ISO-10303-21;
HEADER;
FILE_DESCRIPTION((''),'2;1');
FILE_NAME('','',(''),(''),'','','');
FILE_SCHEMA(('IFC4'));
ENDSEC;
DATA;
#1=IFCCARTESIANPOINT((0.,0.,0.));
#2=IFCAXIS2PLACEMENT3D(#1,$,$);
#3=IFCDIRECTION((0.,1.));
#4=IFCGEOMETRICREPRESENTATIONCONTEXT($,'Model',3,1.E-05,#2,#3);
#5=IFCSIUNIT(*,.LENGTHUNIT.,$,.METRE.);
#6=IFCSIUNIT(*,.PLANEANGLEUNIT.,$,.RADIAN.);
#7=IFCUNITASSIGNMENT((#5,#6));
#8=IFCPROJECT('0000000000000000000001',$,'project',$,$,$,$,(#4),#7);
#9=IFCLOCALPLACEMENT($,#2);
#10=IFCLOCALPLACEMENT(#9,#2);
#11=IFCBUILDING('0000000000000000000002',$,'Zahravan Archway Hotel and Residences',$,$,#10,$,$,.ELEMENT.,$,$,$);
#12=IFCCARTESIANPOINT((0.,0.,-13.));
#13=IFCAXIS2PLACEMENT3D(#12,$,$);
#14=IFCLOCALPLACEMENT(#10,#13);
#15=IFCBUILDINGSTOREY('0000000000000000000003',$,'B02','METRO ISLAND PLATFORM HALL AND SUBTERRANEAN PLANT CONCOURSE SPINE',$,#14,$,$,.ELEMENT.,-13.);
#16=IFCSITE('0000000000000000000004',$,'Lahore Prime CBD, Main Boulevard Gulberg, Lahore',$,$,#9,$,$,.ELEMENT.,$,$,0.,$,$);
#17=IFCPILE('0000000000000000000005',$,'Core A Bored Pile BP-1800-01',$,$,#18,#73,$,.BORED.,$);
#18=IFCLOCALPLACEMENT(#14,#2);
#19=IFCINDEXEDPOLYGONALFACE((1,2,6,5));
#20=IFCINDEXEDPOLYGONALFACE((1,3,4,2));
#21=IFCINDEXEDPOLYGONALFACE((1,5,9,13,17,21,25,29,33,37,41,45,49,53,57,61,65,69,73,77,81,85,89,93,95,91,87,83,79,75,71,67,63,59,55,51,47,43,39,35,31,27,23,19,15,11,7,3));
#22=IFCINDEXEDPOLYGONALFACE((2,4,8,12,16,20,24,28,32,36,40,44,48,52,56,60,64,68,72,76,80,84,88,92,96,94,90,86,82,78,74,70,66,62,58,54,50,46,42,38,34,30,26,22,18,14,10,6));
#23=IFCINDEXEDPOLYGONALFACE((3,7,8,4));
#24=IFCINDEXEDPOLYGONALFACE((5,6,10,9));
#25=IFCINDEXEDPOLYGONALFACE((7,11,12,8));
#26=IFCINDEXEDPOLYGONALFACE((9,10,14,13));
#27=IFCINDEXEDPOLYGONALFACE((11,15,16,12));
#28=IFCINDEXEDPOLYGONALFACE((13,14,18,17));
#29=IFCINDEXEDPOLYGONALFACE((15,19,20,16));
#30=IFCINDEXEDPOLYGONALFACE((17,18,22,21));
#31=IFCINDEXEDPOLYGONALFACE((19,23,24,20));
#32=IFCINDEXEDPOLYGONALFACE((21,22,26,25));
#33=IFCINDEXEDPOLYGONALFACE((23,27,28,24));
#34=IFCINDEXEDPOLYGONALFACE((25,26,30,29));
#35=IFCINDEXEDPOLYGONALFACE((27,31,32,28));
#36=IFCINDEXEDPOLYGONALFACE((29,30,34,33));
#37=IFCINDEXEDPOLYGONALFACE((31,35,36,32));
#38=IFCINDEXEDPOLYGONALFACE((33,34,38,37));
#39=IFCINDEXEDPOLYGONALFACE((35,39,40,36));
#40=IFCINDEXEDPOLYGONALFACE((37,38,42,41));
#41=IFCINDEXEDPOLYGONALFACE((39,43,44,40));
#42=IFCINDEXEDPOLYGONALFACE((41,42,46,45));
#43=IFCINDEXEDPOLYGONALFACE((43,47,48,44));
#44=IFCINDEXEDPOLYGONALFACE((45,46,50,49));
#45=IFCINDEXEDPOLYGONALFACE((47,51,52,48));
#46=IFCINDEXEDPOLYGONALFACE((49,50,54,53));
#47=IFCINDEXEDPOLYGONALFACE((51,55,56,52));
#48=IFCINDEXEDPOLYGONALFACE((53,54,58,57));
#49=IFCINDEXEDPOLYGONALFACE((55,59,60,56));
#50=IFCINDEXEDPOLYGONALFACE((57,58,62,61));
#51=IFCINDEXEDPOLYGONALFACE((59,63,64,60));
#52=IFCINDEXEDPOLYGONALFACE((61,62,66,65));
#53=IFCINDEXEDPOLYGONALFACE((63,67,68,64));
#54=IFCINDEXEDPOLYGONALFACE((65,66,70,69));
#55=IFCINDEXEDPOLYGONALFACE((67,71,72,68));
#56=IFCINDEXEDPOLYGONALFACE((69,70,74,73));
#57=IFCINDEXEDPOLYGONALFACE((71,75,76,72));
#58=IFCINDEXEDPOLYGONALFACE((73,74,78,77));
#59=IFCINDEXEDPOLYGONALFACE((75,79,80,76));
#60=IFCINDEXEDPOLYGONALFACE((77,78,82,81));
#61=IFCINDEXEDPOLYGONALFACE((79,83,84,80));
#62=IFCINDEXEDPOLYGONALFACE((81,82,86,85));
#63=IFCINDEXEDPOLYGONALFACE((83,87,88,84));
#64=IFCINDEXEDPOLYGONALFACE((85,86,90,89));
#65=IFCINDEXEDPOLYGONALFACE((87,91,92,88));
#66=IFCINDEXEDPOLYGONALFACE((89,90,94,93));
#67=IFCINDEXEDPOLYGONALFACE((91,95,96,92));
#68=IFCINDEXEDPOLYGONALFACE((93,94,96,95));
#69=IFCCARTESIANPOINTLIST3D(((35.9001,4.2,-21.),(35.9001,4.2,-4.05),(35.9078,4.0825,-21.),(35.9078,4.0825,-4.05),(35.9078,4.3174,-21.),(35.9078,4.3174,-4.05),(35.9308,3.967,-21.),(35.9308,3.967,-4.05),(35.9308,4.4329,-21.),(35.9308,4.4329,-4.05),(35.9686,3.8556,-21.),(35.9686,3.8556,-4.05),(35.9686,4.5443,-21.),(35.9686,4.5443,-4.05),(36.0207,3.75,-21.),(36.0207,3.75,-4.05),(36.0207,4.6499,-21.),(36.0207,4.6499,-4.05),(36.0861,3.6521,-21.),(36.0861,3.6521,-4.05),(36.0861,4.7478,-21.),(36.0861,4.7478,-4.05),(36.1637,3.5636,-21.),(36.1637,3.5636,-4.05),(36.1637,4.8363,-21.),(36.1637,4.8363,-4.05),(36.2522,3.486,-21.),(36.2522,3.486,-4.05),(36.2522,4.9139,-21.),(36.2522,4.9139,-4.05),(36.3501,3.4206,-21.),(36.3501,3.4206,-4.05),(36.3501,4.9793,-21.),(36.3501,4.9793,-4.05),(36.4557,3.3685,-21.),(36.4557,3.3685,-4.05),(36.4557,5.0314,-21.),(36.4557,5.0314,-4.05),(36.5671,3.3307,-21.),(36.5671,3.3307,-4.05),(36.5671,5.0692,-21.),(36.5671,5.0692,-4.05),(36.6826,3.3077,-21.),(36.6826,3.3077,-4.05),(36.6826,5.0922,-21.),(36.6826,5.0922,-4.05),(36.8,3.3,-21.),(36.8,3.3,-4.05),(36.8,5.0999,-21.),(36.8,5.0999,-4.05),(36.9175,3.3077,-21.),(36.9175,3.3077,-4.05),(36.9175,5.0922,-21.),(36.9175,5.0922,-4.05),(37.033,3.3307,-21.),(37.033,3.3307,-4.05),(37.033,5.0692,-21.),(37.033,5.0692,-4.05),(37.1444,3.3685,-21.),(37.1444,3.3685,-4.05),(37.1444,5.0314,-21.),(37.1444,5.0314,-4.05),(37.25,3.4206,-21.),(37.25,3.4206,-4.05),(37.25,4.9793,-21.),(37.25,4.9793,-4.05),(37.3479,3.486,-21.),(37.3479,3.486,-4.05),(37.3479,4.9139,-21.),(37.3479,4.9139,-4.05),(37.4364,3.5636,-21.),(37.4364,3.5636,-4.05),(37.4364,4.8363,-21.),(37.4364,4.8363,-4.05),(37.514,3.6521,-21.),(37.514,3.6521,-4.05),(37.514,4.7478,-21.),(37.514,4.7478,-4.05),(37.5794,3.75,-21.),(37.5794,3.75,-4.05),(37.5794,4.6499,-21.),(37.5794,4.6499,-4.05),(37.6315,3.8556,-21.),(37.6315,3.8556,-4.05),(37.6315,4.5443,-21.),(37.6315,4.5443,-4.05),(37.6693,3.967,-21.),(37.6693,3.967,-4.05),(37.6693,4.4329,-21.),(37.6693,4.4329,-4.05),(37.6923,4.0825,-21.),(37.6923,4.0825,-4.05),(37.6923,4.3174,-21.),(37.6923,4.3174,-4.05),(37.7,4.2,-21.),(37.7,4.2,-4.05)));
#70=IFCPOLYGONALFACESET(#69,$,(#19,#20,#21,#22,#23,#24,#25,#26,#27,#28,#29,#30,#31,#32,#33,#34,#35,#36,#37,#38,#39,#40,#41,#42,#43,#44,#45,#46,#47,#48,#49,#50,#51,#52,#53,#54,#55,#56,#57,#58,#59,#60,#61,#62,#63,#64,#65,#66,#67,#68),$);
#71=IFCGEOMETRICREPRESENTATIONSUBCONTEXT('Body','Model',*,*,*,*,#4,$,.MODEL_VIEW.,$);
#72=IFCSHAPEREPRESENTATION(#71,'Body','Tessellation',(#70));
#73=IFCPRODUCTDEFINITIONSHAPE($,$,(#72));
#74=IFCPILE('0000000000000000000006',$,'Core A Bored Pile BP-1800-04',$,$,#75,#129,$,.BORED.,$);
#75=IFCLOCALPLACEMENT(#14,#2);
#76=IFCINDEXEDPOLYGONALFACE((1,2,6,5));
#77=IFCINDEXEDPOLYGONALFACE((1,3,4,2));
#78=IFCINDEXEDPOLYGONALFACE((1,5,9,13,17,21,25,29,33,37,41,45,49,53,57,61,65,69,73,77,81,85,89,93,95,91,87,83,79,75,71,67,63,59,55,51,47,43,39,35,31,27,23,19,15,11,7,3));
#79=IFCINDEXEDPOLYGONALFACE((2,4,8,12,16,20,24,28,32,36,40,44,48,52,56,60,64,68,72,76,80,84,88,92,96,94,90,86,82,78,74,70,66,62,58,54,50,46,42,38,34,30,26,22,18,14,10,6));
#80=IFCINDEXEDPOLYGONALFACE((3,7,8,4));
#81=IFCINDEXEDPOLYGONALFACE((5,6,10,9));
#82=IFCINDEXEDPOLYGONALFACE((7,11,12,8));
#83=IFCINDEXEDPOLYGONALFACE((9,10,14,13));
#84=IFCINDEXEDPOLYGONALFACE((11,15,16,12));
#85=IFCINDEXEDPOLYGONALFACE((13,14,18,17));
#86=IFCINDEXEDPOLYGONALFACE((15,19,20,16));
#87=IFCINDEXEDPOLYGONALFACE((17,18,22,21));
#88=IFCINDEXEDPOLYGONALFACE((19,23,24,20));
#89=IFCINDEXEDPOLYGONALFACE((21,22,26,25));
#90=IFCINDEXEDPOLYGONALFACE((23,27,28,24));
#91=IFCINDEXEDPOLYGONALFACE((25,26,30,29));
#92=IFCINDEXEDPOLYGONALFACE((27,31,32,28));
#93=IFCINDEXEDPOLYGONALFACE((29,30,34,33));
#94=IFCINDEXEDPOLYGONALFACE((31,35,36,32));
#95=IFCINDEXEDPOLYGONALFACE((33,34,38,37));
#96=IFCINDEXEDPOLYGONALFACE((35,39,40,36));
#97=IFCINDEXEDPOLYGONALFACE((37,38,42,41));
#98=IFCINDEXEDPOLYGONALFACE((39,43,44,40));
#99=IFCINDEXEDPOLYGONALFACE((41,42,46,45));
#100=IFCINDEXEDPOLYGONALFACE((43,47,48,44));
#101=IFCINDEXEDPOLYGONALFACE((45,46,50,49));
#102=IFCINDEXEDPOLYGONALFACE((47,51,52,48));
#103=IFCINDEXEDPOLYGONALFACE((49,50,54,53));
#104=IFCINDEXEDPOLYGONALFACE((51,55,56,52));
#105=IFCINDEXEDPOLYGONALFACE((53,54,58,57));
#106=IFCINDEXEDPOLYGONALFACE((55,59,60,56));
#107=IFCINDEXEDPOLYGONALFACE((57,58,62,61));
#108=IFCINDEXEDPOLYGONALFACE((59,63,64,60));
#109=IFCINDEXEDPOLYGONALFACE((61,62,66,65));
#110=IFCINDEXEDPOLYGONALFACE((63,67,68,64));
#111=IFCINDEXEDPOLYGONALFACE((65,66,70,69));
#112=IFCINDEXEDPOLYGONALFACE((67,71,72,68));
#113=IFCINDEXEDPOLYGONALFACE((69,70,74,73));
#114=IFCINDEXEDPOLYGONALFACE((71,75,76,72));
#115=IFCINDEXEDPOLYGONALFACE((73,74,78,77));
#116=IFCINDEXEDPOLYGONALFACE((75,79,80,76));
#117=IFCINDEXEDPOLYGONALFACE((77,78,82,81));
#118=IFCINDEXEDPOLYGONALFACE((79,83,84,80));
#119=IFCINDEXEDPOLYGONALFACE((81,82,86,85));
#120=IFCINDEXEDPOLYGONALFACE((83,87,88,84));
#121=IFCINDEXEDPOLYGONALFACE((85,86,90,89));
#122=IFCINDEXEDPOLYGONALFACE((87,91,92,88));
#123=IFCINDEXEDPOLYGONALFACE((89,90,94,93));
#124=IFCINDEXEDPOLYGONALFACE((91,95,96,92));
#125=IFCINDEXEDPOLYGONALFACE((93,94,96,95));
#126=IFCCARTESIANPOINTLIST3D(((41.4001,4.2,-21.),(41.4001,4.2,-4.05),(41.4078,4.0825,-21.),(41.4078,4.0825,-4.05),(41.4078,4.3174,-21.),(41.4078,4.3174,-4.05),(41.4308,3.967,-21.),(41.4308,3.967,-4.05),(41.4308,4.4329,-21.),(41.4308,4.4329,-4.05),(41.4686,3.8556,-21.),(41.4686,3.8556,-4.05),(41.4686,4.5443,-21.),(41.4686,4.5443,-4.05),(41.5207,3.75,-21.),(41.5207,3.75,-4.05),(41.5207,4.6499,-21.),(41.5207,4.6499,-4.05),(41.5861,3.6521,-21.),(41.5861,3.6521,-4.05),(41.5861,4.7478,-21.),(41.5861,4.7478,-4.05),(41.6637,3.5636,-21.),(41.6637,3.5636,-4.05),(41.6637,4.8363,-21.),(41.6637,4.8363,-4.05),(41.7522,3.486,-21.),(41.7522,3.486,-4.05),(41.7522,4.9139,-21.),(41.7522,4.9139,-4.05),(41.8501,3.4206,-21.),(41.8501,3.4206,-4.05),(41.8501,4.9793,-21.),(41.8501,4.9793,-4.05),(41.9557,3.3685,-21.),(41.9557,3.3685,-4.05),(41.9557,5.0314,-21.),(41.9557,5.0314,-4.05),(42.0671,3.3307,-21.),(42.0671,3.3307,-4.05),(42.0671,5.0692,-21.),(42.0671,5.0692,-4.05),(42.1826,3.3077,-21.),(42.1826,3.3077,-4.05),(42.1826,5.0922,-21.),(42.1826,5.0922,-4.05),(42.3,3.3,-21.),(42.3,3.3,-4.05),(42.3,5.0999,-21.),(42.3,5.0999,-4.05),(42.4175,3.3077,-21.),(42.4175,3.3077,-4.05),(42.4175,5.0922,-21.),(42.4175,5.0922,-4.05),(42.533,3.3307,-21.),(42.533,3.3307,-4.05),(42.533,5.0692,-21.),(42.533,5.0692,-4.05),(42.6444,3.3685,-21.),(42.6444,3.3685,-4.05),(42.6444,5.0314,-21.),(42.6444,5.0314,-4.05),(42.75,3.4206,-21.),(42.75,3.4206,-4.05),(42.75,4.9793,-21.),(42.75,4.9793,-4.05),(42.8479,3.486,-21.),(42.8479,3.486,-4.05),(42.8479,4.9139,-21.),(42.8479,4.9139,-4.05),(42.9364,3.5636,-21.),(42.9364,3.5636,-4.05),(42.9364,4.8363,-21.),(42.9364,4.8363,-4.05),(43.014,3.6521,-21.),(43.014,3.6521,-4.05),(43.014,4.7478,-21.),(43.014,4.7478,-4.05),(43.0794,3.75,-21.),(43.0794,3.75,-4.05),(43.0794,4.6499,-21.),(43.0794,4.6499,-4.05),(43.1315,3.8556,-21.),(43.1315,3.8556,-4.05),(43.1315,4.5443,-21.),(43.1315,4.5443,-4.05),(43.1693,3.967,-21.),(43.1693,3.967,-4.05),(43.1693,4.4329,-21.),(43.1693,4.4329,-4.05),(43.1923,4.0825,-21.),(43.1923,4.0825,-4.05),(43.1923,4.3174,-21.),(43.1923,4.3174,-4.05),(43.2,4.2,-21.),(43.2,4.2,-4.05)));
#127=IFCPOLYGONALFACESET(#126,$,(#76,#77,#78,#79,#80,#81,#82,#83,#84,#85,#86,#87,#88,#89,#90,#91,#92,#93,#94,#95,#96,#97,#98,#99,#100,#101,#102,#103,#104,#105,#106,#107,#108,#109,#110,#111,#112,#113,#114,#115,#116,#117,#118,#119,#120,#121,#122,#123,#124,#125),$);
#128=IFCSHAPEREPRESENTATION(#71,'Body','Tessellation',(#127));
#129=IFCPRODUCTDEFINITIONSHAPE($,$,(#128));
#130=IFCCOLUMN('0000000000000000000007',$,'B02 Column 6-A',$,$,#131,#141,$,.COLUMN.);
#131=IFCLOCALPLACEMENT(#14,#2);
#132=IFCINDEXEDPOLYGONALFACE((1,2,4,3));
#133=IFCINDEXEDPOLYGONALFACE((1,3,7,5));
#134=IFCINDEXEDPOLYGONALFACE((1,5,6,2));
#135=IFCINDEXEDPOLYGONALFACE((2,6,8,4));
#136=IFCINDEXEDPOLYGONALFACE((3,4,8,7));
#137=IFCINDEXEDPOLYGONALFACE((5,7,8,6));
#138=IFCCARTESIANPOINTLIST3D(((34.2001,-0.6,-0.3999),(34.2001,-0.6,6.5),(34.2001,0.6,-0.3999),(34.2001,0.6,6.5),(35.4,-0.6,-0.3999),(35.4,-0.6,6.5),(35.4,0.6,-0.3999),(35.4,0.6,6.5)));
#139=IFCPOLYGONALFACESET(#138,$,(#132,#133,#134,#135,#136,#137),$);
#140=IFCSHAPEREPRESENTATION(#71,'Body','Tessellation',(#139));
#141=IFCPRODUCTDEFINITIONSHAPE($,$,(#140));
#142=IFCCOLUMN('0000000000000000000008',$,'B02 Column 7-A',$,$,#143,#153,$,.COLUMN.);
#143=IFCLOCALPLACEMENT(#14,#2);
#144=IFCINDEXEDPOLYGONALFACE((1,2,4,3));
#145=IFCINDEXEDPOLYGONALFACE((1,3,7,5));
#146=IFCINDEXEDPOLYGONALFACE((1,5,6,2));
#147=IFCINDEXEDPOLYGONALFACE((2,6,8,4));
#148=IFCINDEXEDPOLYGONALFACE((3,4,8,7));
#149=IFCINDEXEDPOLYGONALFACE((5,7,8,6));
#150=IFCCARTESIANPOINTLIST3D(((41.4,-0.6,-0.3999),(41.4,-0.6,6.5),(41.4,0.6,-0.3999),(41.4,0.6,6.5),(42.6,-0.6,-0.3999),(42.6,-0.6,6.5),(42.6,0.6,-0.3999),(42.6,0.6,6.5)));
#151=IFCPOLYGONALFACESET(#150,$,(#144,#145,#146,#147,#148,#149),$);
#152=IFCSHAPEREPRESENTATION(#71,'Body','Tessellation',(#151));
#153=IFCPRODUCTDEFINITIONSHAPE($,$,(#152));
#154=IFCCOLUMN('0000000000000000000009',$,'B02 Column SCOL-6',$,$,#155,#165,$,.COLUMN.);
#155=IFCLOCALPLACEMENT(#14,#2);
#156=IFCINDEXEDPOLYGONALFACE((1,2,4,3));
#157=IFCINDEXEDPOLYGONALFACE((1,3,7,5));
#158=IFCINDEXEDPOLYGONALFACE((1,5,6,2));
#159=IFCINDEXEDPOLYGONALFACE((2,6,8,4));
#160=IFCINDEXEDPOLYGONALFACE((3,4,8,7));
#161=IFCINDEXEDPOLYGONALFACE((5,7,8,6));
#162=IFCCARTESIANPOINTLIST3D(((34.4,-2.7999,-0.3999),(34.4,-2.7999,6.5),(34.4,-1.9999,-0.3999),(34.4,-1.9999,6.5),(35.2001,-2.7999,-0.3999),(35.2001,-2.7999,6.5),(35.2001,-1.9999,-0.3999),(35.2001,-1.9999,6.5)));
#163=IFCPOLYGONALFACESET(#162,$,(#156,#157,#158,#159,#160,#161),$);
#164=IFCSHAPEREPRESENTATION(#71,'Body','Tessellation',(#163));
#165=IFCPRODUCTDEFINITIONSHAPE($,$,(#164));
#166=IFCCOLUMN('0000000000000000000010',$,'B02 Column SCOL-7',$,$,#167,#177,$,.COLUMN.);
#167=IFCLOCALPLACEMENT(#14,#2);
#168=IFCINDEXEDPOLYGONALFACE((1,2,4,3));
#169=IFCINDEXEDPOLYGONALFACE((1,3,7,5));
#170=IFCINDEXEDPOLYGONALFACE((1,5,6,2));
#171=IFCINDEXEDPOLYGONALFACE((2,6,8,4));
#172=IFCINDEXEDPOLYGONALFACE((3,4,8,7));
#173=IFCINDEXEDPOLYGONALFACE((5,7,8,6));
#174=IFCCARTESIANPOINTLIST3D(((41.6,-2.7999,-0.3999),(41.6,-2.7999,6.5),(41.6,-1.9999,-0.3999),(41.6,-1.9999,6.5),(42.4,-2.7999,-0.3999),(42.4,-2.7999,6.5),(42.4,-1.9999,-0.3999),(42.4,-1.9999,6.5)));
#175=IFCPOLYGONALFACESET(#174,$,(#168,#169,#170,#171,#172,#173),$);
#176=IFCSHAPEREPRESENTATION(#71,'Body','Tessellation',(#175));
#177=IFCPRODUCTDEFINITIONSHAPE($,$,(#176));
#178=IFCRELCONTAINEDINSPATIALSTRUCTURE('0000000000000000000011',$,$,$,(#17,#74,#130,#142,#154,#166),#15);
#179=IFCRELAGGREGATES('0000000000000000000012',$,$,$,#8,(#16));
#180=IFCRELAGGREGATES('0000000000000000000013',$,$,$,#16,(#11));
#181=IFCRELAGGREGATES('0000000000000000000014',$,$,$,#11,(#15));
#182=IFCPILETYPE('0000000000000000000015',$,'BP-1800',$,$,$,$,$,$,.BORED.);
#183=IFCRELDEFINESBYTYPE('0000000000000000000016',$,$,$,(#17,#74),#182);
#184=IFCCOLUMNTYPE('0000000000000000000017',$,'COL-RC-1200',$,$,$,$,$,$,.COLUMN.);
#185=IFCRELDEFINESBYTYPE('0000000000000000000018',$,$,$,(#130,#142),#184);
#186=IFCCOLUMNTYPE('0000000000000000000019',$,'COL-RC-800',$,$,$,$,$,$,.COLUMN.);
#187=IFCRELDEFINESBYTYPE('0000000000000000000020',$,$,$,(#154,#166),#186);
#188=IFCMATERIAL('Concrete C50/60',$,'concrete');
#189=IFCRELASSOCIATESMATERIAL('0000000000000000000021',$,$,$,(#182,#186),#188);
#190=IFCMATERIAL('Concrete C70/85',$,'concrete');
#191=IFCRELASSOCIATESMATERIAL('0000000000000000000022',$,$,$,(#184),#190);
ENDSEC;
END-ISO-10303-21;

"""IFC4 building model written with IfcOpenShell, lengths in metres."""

from ifc_helpers import new_model, si_unit, direction, frame, origin, origin_2d, place, context, subcontext, project, spatial, rectangle, circle, extrude, source, transform, mapped, material, material_profile, profile_set, type_object, type_shapes, element, save


model = new_model("IFC4")

# Units and contexts
model_context = context("Model", 3, precision=1e-05, world=origin(), true_north=direction((0.0, 1.0)))
body_context = subcontext(model_context, "Body", "Model", "MODEL_VIEW")
ifc_project = project(units=[si_unit("LENGTHUNIT", "METRE"), si_unit("PLANEANGLEUNIT", "RADIAN")], contexts=[model_context])

# Site, building, storey
site_placement = place(None, origin())
site = spatial("IfcSite", under=ifc_project, at=site_placement, Name="Lahore Prime CBD, Main Boulevard Gulberg, Lahore", CompositionType="ELEMENT", RefElevation=0.0)
building_placement = place(site_placement, origin())
building = spatial("IfcBuilding", under=site, at=building_placement, Name="Zahravan Archway Hotel and Residences", CompositionType="ELEMENT")
storey_placement = place(building_placement, frame((0.0, 0.0, -13.0)))
storey = spatial("IfcBuildingStorey", under=building, at=storey_placement, Name="B02", Description="METRO ISLAND PLATFORM HALL AND SUBTERRANEAN PLANT CONCOURSE SPINE", CompositionType="ELEMENT", Elevation=-13.0)

# Piles
ifc_material_1 = material(Name="Concrete C50/60", Category="concrete")
ifc_material_profile_1 = material_profile(ifc_material_1, circle(Radius=0.8999, at=origin_2d()), Name="PILE D1800", Category="concrete")
ifc_profile_set_1 = profile_set([ifc_material_profile_1], Name="Concrete C50/60")
pile_type = type_object("IfcPileType", Name="BP-1800", PredefinedType="BORED", material=ifc_profile_set_1)
shared_shape_1 = source(origin(), body_context, "Body", "SweptSolid", [
    extrude(circle(Radius=0.8999, at=origin_2d()), origin(), (0.0, 0.0, 1.0), 16.95),
])
type_shapes(pile_type, [shared_shape_1])
for number, where, z_axis, x_axis, name in (
    (1, (36.8, 4.2, -4.05), (0.0, 0.0, -1.0), (1.0, 0.0, 0.0), "Core A Bored Pile BP-1800-01"),
    (2, (42.3, 4.2, -4.05), (0.0, 0.0, -1.0), (1.0, 0.0, 0.0), "Core A Bored Pile BP-1800-04"),
):
    element("IfcPile", number, at=place(storey_placement, frame(where, z_axis=z_axis, x_axis=x_axis)), inside=storey, type_object=pile_type, Name=name, PredefinedType="BORED", context=body_context, shape_type="MappedRepresentation", body=[
        mapped(shared_shape_1, transform((0.0, 0.0, 0.0), scale=1.0)),
    ])

# Columns
ifc_material_2 = material(Name="Concrete C70/85", Category="concrete")
ifc_material_profile_2 = material_profile(ifc_material_2, rectangle(XDim=1.2, YDim=1.2, at=origin_2d()), Name="RC-COL-1200x1200", Category="concrete")
ifc_profile_set_2 = profile_set([ifc_material_profile_2], Name="Concrete C70/85")
column_type_1 = type_object("IfcColumnType", Name="COL-RC-1200", PredefinedType="COLUMN", material=ifc_profile_set_2)
shared_shape_2 = source(origin(), body_context, "Body", "SweptSolid", [
    extrude(rectangle(XDim=1.2, YDim=1.2, at=origin_2d()), origin(), (0.0, 0.0, 1.0), 6.8999),
])
type_shapes(column_type_1, [shared_shape_2])
for number, where, z_axis, x_axis, name in (
    (3, (34.8, 0.0, -0.3999), (0.0, 0.0, 1.0), (1.0, 0.0, 0.0), "B02 Column 6-A"),
    (4, (42.0, 0.0, -0.3999), (0.0, 0.0, 1.0), (1.0, 0.0, 0.0), "B02 Column 7-A"),
):
    element("IfcColumn", number, at=place(storey_placement, frame(where, z_axis=z_axis, x_axis=x_axis)), inside=storey, type_object=column_type_1, Name=name, PredefinedType="COLUMN", context=body_context, shape_type="MappedRepresentation", body=[
        mapped(shared_shape_2, transform((0.0, 0.0, 0.0), scale=1.0)),
    ])
ifc_material_profile_3 = material_profile(ifc_material_1, rectangle(XDim=0.8, YDim=0.8, at=origin_2d()), Name="RC-COL-800x800", Category="concrete")
ifc_profile_set_3 = profile_set([ifc_material_profile_3], Name="Concrete C50/60")
column_type_2 = type_object("IfcColumnType", Name="COL-RC-800", PredefinedType="COLUMN", material=ifc_profile_set_3)
shared_shape_3 = source(origin(), body_context, "Body", "SweptSolid", [
    extrude(rectangle(XDim=0.8, YDim=0.8, at=origin_2d()), origin(), (0.0, 0.0, 1.0), 6.8999),
])
type_shapes(column_type_2, [shared_shape_3])
for number, where, z_axis, x_axis, name in (
    (5, (34.8, -2.3999, -0.3999), (0.0, 0.0, 1.0), (1.0, 0.0, 0.0), "B02 Column SCOL-6"),
    (6, (42.0, -2.3999, -0.3999), (0.0, 0.0, 1.0), (1.0, 0.0, 0.0), "B02 Column SCOL-7"),
):
    element("IfcColumn", number, at=place(storey_placement, frame(where, z_axis=z_axis, x_axis=x_axis)), inside=storey, type_object=column_type_2, Name=name, PredefinedType="COLUMN", context=body_context, shape_type="MappedRepresentation", body=[
        mapped(shared_shape_3, transform((0.0, 0.0, 0.0), scale=1.0)),
    ])

save(model, "model.ifc")
